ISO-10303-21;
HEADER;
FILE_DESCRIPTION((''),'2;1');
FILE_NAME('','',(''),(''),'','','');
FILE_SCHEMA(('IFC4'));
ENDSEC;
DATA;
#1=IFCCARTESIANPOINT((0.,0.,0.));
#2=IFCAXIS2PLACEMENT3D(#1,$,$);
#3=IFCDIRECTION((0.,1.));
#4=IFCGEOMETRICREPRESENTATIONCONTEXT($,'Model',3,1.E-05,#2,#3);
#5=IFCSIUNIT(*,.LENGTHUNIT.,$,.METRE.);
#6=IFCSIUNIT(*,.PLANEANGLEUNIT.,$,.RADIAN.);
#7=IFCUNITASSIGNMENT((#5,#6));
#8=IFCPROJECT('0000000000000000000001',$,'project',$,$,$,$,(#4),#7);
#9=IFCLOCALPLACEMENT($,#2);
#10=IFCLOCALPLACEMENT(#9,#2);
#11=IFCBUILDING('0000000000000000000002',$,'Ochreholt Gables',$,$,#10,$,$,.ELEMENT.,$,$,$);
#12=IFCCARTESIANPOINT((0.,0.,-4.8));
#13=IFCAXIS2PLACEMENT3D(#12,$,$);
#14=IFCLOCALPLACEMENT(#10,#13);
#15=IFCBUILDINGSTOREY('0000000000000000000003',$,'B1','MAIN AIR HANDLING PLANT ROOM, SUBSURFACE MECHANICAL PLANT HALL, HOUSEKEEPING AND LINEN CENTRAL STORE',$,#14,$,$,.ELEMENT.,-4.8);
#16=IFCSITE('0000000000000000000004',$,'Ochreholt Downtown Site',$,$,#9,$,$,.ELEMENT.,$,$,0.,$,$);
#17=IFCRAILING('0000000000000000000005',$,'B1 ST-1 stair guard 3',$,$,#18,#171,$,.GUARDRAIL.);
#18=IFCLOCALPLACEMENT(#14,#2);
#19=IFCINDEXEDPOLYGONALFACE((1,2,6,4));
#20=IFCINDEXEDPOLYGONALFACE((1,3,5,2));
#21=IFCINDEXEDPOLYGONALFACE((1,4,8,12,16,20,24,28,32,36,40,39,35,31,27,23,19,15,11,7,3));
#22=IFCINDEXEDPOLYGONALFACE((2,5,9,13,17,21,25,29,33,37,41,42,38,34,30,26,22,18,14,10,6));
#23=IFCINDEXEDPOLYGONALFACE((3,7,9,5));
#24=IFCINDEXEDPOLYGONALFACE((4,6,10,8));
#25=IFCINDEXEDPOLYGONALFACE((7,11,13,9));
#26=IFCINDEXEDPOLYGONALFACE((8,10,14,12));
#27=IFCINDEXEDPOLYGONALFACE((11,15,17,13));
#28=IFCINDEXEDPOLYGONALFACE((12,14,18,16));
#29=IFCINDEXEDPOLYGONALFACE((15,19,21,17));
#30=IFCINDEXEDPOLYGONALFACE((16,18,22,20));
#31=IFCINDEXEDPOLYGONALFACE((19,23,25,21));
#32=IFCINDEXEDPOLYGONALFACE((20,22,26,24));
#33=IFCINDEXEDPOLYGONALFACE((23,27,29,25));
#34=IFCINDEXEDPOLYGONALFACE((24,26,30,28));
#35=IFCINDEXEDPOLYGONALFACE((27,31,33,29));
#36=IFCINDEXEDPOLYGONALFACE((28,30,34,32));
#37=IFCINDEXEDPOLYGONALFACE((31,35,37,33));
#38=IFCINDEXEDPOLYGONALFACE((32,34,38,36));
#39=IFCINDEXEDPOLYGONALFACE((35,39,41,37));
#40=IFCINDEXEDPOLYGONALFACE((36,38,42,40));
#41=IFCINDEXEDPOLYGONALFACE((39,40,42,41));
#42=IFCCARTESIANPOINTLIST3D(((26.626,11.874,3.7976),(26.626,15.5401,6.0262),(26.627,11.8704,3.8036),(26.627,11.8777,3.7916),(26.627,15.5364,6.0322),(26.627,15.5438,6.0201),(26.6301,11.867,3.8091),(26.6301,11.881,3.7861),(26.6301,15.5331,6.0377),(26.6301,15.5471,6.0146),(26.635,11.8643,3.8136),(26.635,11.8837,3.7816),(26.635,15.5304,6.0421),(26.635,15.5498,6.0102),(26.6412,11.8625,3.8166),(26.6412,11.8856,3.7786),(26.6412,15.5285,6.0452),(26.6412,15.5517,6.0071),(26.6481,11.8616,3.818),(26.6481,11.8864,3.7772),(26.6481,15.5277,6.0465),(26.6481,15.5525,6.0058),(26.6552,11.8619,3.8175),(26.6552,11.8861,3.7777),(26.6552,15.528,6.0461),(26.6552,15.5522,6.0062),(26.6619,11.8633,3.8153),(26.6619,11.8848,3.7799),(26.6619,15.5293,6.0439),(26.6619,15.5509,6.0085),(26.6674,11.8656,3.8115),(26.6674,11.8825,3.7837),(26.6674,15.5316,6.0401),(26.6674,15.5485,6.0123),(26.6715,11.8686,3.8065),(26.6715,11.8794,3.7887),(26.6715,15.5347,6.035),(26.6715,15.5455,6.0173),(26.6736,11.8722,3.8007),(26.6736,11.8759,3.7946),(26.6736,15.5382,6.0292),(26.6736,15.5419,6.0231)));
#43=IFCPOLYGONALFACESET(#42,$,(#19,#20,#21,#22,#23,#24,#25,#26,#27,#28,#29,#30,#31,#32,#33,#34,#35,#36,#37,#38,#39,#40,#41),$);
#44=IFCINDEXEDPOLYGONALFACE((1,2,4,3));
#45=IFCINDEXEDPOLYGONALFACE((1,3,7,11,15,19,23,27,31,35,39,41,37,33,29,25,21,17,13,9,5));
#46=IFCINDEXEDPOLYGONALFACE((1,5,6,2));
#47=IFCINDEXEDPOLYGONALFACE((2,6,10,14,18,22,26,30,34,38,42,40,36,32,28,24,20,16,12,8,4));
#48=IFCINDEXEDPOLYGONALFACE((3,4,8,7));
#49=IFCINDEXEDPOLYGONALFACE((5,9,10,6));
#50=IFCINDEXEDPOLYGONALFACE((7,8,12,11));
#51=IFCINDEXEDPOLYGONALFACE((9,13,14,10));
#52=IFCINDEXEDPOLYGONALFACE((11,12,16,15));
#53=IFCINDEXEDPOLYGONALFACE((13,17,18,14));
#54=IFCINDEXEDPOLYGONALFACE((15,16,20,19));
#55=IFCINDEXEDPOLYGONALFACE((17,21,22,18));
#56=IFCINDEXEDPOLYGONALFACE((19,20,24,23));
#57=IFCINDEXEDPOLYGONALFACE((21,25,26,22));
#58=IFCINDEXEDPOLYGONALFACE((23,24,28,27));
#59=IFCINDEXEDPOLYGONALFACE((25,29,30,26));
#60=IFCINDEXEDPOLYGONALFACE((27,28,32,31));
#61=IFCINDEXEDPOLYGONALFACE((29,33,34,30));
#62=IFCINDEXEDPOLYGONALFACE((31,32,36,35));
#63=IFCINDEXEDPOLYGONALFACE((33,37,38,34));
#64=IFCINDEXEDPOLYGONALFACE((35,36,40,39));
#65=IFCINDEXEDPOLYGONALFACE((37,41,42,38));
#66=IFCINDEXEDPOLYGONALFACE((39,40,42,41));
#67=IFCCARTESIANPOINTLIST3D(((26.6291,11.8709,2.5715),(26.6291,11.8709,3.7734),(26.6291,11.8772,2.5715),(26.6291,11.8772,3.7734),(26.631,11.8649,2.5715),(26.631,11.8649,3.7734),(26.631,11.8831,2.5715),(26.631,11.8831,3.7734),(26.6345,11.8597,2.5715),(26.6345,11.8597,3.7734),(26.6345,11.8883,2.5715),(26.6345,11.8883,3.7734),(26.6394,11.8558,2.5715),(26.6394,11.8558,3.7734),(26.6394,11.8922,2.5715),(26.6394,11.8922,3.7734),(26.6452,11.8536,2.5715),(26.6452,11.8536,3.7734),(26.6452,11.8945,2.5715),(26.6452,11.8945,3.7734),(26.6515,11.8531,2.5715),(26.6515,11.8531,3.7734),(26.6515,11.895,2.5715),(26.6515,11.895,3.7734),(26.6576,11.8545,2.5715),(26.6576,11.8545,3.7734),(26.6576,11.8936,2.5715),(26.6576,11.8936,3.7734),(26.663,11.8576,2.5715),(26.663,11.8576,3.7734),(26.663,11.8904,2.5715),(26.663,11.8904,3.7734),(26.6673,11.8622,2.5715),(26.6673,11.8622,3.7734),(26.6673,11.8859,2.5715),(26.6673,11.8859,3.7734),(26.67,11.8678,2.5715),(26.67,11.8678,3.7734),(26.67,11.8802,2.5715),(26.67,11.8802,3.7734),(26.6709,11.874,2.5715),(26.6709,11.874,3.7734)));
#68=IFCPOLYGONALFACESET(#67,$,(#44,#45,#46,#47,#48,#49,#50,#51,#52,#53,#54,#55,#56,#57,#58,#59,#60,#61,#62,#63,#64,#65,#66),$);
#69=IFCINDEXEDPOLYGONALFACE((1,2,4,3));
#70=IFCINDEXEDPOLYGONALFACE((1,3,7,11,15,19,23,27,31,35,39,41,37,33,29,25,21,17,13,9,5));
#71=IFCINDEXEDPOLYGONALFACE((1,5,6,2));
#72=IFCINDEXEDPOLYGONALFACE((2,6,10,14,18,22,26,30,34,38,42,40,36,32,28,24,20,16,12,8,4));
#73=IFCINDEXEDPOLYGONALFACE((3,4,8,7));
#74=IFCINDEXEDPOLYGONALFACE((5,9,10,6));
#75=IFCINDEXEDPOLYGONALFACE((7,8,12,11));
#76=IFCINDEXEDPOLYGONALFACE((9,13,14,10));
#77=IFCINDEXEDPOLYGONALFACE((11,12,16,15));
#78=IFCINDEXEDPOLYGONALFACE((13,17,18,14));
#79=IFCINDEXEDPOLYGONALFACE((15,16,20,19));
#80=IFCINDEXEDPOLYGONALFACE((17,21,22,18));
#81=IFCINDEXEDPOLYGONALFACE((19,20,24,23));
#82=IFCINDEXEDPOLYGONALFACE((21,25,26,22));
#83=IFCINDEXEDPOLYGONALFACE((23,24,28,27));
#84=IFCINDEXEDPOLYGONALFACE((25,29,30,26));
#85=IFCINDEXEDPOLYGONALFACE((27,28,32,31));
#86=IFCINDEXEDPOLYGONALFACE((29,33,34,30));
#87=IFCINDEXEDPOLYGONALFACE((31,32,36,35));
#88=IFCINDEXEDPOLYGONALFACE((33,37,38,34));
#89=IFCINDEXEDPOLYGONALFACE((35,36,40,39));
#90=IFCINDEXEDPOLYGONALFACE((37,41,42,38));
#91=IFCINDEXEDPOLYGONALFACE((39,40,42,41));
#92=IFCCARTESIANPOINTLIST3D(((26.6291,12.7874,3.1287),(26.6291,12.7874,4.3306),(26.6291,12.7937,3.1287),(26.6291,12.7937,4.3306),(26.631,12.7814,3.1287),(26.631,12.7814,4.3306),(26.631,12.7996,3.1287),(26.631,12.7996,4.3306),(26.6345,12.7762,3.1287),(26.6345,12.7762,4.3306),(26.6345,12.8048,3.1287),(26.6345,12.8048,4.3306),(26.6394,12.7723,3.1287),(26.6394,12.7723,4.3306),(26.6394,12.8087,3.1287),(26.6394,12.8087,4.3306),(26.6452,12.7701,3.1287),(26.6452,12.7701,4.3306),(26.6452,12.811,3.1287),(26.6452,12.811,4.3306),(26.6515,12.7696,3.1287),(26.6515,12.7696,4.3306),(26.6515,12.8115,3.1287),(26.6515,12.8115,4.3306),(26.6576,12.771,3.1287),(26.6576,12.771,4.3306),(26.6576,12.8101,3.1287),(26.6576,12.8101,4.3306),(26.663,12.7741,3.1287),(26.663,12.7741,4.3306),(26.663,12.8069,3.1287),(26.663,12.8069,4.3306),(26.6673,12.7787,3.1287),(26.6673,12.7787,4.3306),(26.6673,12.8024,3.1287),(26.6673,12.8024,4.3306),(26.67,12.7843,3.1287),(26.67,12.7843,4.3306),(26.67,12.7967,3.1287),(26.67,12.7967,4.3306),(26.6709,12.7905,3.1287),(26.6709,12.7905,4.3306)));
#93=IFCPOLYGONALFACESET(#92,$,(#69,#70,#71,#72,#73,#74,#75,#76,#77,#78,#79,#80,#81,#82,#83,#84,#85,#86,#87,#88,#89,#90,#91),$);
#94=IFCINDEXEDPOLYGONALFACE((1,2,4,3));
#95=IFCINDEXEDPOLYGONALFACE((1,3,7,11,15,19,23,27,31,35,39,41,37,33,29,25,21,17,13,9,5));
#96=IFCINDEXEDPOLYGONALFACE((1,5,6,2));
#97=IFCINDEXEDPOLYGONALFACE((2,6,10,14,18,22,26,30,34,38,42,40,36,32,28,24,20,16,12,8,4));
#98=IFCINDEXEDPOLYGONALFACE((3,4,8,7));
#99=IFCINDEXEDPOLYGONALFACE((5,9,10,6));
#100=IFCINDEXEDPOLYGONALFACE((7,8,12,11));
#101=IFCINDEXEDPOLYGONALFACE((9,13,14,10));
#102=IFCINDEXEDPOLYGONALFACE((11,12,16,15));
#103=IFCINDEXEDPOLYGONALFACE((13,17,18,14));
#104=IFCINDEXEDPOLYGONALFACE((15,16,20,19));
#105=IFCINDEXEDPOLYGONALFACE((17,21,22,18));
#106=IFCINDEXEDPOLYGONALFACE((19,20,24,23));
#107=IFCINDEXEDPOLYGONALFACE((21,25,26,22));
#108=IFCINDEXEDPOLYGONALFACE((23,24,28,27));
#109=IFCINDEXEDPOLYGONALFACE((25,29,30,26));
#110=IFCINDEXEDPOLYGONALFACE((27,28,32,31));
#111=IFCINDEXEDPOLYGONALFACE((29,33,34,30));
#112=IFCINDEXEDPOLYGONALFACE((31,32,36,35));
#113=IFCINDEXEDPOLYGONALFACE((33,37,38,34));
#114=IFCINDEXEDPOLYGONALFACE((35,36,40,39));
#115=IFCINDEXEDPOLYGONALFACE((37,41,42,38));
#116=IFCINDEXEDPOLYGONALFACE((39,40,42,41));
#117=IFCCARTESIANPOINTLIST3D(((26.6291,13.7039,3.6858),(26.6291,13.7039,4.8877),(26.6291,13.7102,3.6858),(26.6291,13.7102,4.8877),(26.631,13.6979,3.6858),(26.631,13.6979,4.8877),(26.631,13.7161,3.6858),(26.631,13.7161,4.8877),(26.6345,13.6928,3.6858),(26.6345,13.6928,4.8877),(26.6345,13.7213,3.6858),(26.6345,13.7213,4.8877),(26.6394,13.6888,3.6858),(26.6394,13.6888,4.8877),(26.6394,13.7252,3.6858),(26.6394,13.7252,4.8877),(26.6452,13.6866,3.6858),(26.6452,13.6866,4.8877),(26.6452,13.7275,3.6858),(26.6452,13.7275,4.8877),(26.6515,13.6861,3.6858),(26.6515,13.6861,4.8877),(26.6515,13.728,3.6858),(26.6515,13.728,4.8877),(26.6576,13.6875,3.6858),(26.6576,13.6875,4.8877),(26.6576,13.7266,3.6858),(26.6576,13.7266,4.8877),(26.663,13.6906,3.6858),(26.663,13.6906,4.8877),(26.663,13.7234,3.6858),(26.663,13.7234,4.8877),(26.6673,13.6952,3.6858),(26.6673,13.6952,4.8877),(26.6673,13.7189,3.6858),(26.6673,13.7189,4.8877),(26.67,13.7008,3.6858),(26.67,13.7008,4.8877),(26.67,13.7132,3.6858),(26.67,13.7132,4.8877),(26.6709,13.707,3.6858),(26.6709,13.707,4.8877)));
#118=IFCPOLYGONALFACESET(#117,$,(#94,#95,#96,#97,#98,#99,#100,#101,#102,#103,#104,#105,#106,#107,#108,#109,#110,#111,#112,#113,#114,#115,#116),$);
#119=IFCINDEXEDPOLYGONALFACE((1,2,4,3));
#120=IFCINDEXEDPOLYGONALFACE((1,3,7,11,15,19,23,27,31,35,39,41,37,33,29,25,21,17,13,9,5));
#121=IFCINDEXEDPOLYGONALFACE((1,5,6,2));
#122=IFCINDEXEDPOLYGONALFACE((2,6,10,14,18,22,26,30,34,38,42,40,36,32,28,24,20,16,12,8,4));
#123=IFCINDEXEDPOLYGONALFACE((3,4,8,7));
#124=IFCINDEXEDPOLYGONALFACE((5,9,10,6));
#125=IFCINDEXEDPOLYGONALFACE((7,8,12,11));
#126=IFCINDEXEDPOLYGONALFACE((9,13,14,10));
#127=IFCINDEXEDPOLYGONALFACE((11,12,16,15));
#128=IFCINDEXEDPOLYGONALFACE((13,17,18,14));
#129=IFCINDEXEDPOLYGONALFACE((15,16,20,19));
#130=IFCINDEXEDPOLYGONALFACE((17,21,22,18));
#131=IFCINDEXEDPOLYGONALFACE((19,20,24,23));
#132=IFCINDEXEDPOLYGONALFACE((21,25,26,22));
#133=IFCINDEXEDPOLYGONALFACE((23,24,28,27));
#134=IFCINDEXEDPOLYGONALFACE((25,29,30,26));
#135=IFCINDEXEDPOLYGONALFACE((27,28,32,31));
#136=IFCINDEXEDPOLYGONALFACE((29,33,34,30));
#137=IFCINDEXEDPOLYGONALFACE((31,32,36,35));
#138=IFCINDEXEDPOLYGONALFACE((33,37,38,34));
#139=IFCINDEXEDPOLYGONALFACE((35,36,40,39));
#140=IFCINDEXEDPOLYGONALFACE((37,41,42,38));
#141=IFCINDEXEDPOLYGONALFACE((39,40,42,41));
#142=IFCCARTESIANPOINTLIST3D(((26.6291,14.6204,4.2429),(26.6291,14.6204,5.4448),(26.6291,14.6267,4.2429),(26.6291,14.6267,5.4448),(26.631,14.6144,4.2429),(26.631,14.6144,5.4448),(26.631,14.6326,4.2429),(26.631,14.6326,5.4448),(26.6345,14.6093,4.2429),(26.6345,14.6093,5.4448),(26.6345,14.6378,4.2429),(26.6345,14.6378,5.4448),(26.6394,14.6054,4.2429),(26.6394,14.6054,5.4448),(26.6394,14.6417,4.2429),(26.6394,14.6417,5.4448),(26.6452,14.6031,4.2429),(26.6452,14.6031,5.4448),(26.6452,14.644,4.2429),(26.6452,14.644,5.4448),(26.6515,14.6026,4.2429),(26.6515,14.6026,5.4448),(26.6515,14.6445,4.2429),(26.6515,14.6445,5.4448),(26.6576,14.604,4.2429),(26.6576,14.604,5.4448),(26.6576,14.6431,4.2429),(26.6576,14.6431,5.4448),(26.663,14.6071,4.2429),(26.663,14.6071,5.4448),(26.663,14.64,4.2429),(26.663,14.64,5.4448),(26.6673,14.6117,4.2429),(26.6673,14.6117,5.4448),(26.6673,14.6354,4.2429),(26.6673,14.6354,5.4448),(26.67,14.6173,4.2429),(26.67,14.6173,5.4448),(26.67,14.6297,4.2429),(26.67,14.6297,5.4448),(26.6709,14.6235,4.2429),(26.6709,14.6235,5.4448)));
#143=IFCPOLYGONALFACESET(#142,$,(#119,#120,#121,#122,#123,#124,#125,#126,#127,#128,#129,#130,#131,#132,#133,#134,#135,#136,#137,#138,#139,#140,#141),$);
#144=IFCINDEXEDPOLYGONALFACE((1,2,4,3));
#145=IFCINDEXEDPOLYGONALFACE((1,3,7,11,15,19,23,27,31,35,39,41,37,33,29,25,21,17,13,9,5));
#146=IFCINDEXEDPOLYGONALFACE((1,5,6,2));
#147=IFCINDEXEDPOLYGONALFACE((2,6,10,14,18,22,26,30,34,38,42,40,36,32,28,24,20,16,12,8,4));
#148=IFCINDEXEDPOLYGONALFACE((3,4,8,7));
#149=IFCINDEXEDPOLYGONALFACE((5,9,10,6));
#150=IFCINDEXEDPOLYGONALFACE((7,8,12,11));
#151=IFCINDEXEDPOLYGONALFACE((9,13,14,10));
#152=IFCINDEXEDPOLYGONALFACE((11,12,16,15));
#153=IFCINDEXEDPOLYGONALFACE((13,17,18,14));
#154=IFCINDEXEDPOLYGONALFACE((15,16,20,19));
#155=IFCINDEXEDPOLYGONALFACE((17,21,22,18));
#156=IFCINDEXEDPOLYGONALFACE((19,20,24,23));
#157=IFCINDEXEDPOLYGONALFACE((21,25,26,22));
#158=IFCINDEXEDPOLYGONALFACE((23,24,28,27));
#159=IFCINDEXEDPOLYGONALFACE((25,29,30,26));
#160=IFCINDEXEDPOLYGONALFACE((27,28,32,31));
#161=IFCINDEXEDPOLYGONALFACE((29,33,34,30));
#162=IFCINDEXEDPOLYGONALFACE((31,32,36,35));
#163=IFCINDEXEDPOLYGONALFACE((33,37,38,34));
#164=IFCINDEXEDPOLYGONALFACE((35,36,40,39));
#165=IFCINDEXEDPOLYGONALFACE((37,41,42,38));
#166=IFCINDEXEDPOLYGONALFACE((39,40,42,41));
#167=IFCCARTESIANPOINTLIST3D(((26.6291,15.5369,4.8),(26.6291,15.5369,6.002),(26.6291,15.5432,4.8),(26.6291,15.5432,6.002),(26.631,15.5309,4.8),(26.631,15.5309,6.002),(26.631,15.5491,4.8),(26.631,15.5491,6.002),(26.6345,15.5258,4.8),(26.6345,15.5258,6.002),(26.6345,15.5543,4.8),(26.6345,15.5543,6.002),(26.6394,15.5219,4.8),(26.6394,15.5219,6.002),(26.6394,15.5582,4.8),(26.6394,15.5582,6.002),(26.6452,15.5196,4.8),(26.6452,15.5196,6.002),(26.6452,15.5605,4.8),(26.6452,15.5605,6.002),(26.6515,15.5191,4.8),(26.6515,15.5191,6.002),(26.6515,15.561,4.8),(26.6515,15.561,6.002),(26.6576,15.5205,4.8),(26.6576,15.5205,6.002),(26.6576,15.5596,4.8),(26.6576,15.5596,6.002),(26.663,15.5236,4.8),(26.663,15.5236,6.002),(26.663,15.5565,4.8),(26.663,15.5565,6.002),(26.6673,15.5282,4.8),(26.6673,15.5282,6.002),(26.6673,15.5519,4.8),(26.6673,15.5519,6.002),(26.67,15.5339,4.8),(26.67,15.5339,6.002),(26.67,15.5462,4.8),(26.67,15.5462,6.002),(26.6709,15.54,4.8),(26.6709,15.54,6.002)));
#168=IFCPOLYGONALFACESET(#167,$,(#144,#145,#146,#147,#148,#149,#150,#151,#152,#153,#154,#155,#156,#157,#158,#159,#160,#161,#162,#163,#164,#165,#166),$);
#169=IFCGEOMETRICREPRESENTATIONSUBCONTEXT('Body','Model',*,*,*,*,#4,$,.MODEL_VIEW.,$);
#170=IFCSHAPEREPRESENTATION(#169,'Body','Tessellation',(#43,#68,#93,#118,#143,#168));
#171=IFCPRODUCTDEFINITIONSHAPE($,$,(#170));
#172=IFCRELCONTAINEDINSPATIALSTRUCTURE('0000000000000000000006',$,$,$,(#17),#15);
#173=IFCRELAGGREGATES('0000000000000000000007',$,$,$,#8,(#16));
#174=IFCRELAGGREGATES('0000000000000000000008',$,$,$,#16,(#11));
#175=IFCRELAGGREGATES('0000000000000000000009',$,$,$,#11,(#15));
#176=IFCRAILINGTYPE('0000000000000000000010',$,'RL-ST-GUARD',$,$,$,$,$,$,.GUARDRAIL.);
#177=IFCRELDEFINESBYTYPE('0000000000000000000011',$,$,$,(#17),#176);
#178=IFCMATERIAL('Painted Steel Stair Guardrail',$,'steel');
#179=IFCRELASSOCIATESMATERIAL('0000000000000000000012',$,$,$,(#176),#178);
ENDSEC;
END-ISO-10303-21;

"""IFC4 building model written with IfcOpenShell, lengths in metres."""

from ifc_helpers import new_model, si_unit, direction, frame, origin, origin_2d, place, context, subcontext, project, spatial, circle, extrude, material, type_object, element, save


model = new_model("IFC4")

# Units and contexts
model_context = context("Model", 3, precision=1e-05, world=origin(), true_north=direction((0.0, 1.0)))
body_context = subcontext(model_context, "Body", "Model", "MODEL_VIEW")
ifc_project = project(units=[si_unit("LENGTHUNIT", "METRE"), si_unit("PLANEANGLEUNIT", "RADIAN")], contexts=[model_context])

# Site, building, storey
site_placement = place(None, origin())
site = spatial("IfcSite", under=ifc_project, at=site_placement, Name="Ochreholt Downtown Site", CompositionType="ELEMENT", RefElevation=0.0)
building_placement = place(site_placement, origin())
building = spatial("IfcBuilding", under=site, at=building_placement, Name="Ochreholt Gables", CompositionType="ELEMENT")
storey_placement = place(building_placement, frame((0.0, 0.0, -4.8)))
storey = spatial("IfcBuildingStorey", under=building, at=storey_placement, Name="B1", Description="MAIN AIR HANDLING PLANT ROOM, SUBSURFACE MECHANICAL PLANT HALL, HOUSEKEEPING AND LINEN CENTRAL STORE", CompositionType="ELEMENT", Elevation=-4.8)

# Railing
ifc_material_1 = material(Name="Painted Steel Stair Guardrail", Category="steel")
railing_type_1 = type_object("IfcRailingType", Name="RL-ST-GUARD", PredefinedType="GUARDRAIL", material=ifc_material_1)
railing_1_placement = place(storey_placement, frame((26.6499, 11.874, 2.5715)))
element("IfcRailing", 1, at=railing_1_placement, inside=storey, type_object=railing_type_1, Name="B1 ST-1 stair guard 3", PredefinedType="GUARDRAIL", context=body_context, shape_type="SweptSolid", body=[
    extrude(circle(Radius=0.0239, at=origin_2d()), frame((0.0, 0.0, 1.2261), z_axis=(0.0, 0.854506, 0.519441), x_axis=(-1.0, 0.0, 0.0)), (0.0, 0.0, 1.0), 4.2903),
    extrude(circle(Radius=0.021, at=origin_2d()), origin(), (0.0, 0.0, 1.0), 1.2019),
    extrude(circle(Radius=0.021, at=origin_2d()), frame((0.0, 0.9165, 0.5571)), (0.0, 0.0, 1.0), 1.2019),
    extrude(circle(Radius=0.021, at=origin_2d()), frame((0.0, 1.833, 1.1143)), (0.0, 0.0, 1.0), 1.2019),
    extrude(circle(Radius=0.021, at=origin_2d()), frame((0.0, 2.7495, 1.6714)), (0.0, 0.0, 1.0), 1.2019),
    extrude(circle(Radius=0.021, at=origin_2d()), frame((0.0, 3.666, 2.2285)), (0.0, 0.0, 1.0), 1.2019),
])

save(model, "model.ifc")
